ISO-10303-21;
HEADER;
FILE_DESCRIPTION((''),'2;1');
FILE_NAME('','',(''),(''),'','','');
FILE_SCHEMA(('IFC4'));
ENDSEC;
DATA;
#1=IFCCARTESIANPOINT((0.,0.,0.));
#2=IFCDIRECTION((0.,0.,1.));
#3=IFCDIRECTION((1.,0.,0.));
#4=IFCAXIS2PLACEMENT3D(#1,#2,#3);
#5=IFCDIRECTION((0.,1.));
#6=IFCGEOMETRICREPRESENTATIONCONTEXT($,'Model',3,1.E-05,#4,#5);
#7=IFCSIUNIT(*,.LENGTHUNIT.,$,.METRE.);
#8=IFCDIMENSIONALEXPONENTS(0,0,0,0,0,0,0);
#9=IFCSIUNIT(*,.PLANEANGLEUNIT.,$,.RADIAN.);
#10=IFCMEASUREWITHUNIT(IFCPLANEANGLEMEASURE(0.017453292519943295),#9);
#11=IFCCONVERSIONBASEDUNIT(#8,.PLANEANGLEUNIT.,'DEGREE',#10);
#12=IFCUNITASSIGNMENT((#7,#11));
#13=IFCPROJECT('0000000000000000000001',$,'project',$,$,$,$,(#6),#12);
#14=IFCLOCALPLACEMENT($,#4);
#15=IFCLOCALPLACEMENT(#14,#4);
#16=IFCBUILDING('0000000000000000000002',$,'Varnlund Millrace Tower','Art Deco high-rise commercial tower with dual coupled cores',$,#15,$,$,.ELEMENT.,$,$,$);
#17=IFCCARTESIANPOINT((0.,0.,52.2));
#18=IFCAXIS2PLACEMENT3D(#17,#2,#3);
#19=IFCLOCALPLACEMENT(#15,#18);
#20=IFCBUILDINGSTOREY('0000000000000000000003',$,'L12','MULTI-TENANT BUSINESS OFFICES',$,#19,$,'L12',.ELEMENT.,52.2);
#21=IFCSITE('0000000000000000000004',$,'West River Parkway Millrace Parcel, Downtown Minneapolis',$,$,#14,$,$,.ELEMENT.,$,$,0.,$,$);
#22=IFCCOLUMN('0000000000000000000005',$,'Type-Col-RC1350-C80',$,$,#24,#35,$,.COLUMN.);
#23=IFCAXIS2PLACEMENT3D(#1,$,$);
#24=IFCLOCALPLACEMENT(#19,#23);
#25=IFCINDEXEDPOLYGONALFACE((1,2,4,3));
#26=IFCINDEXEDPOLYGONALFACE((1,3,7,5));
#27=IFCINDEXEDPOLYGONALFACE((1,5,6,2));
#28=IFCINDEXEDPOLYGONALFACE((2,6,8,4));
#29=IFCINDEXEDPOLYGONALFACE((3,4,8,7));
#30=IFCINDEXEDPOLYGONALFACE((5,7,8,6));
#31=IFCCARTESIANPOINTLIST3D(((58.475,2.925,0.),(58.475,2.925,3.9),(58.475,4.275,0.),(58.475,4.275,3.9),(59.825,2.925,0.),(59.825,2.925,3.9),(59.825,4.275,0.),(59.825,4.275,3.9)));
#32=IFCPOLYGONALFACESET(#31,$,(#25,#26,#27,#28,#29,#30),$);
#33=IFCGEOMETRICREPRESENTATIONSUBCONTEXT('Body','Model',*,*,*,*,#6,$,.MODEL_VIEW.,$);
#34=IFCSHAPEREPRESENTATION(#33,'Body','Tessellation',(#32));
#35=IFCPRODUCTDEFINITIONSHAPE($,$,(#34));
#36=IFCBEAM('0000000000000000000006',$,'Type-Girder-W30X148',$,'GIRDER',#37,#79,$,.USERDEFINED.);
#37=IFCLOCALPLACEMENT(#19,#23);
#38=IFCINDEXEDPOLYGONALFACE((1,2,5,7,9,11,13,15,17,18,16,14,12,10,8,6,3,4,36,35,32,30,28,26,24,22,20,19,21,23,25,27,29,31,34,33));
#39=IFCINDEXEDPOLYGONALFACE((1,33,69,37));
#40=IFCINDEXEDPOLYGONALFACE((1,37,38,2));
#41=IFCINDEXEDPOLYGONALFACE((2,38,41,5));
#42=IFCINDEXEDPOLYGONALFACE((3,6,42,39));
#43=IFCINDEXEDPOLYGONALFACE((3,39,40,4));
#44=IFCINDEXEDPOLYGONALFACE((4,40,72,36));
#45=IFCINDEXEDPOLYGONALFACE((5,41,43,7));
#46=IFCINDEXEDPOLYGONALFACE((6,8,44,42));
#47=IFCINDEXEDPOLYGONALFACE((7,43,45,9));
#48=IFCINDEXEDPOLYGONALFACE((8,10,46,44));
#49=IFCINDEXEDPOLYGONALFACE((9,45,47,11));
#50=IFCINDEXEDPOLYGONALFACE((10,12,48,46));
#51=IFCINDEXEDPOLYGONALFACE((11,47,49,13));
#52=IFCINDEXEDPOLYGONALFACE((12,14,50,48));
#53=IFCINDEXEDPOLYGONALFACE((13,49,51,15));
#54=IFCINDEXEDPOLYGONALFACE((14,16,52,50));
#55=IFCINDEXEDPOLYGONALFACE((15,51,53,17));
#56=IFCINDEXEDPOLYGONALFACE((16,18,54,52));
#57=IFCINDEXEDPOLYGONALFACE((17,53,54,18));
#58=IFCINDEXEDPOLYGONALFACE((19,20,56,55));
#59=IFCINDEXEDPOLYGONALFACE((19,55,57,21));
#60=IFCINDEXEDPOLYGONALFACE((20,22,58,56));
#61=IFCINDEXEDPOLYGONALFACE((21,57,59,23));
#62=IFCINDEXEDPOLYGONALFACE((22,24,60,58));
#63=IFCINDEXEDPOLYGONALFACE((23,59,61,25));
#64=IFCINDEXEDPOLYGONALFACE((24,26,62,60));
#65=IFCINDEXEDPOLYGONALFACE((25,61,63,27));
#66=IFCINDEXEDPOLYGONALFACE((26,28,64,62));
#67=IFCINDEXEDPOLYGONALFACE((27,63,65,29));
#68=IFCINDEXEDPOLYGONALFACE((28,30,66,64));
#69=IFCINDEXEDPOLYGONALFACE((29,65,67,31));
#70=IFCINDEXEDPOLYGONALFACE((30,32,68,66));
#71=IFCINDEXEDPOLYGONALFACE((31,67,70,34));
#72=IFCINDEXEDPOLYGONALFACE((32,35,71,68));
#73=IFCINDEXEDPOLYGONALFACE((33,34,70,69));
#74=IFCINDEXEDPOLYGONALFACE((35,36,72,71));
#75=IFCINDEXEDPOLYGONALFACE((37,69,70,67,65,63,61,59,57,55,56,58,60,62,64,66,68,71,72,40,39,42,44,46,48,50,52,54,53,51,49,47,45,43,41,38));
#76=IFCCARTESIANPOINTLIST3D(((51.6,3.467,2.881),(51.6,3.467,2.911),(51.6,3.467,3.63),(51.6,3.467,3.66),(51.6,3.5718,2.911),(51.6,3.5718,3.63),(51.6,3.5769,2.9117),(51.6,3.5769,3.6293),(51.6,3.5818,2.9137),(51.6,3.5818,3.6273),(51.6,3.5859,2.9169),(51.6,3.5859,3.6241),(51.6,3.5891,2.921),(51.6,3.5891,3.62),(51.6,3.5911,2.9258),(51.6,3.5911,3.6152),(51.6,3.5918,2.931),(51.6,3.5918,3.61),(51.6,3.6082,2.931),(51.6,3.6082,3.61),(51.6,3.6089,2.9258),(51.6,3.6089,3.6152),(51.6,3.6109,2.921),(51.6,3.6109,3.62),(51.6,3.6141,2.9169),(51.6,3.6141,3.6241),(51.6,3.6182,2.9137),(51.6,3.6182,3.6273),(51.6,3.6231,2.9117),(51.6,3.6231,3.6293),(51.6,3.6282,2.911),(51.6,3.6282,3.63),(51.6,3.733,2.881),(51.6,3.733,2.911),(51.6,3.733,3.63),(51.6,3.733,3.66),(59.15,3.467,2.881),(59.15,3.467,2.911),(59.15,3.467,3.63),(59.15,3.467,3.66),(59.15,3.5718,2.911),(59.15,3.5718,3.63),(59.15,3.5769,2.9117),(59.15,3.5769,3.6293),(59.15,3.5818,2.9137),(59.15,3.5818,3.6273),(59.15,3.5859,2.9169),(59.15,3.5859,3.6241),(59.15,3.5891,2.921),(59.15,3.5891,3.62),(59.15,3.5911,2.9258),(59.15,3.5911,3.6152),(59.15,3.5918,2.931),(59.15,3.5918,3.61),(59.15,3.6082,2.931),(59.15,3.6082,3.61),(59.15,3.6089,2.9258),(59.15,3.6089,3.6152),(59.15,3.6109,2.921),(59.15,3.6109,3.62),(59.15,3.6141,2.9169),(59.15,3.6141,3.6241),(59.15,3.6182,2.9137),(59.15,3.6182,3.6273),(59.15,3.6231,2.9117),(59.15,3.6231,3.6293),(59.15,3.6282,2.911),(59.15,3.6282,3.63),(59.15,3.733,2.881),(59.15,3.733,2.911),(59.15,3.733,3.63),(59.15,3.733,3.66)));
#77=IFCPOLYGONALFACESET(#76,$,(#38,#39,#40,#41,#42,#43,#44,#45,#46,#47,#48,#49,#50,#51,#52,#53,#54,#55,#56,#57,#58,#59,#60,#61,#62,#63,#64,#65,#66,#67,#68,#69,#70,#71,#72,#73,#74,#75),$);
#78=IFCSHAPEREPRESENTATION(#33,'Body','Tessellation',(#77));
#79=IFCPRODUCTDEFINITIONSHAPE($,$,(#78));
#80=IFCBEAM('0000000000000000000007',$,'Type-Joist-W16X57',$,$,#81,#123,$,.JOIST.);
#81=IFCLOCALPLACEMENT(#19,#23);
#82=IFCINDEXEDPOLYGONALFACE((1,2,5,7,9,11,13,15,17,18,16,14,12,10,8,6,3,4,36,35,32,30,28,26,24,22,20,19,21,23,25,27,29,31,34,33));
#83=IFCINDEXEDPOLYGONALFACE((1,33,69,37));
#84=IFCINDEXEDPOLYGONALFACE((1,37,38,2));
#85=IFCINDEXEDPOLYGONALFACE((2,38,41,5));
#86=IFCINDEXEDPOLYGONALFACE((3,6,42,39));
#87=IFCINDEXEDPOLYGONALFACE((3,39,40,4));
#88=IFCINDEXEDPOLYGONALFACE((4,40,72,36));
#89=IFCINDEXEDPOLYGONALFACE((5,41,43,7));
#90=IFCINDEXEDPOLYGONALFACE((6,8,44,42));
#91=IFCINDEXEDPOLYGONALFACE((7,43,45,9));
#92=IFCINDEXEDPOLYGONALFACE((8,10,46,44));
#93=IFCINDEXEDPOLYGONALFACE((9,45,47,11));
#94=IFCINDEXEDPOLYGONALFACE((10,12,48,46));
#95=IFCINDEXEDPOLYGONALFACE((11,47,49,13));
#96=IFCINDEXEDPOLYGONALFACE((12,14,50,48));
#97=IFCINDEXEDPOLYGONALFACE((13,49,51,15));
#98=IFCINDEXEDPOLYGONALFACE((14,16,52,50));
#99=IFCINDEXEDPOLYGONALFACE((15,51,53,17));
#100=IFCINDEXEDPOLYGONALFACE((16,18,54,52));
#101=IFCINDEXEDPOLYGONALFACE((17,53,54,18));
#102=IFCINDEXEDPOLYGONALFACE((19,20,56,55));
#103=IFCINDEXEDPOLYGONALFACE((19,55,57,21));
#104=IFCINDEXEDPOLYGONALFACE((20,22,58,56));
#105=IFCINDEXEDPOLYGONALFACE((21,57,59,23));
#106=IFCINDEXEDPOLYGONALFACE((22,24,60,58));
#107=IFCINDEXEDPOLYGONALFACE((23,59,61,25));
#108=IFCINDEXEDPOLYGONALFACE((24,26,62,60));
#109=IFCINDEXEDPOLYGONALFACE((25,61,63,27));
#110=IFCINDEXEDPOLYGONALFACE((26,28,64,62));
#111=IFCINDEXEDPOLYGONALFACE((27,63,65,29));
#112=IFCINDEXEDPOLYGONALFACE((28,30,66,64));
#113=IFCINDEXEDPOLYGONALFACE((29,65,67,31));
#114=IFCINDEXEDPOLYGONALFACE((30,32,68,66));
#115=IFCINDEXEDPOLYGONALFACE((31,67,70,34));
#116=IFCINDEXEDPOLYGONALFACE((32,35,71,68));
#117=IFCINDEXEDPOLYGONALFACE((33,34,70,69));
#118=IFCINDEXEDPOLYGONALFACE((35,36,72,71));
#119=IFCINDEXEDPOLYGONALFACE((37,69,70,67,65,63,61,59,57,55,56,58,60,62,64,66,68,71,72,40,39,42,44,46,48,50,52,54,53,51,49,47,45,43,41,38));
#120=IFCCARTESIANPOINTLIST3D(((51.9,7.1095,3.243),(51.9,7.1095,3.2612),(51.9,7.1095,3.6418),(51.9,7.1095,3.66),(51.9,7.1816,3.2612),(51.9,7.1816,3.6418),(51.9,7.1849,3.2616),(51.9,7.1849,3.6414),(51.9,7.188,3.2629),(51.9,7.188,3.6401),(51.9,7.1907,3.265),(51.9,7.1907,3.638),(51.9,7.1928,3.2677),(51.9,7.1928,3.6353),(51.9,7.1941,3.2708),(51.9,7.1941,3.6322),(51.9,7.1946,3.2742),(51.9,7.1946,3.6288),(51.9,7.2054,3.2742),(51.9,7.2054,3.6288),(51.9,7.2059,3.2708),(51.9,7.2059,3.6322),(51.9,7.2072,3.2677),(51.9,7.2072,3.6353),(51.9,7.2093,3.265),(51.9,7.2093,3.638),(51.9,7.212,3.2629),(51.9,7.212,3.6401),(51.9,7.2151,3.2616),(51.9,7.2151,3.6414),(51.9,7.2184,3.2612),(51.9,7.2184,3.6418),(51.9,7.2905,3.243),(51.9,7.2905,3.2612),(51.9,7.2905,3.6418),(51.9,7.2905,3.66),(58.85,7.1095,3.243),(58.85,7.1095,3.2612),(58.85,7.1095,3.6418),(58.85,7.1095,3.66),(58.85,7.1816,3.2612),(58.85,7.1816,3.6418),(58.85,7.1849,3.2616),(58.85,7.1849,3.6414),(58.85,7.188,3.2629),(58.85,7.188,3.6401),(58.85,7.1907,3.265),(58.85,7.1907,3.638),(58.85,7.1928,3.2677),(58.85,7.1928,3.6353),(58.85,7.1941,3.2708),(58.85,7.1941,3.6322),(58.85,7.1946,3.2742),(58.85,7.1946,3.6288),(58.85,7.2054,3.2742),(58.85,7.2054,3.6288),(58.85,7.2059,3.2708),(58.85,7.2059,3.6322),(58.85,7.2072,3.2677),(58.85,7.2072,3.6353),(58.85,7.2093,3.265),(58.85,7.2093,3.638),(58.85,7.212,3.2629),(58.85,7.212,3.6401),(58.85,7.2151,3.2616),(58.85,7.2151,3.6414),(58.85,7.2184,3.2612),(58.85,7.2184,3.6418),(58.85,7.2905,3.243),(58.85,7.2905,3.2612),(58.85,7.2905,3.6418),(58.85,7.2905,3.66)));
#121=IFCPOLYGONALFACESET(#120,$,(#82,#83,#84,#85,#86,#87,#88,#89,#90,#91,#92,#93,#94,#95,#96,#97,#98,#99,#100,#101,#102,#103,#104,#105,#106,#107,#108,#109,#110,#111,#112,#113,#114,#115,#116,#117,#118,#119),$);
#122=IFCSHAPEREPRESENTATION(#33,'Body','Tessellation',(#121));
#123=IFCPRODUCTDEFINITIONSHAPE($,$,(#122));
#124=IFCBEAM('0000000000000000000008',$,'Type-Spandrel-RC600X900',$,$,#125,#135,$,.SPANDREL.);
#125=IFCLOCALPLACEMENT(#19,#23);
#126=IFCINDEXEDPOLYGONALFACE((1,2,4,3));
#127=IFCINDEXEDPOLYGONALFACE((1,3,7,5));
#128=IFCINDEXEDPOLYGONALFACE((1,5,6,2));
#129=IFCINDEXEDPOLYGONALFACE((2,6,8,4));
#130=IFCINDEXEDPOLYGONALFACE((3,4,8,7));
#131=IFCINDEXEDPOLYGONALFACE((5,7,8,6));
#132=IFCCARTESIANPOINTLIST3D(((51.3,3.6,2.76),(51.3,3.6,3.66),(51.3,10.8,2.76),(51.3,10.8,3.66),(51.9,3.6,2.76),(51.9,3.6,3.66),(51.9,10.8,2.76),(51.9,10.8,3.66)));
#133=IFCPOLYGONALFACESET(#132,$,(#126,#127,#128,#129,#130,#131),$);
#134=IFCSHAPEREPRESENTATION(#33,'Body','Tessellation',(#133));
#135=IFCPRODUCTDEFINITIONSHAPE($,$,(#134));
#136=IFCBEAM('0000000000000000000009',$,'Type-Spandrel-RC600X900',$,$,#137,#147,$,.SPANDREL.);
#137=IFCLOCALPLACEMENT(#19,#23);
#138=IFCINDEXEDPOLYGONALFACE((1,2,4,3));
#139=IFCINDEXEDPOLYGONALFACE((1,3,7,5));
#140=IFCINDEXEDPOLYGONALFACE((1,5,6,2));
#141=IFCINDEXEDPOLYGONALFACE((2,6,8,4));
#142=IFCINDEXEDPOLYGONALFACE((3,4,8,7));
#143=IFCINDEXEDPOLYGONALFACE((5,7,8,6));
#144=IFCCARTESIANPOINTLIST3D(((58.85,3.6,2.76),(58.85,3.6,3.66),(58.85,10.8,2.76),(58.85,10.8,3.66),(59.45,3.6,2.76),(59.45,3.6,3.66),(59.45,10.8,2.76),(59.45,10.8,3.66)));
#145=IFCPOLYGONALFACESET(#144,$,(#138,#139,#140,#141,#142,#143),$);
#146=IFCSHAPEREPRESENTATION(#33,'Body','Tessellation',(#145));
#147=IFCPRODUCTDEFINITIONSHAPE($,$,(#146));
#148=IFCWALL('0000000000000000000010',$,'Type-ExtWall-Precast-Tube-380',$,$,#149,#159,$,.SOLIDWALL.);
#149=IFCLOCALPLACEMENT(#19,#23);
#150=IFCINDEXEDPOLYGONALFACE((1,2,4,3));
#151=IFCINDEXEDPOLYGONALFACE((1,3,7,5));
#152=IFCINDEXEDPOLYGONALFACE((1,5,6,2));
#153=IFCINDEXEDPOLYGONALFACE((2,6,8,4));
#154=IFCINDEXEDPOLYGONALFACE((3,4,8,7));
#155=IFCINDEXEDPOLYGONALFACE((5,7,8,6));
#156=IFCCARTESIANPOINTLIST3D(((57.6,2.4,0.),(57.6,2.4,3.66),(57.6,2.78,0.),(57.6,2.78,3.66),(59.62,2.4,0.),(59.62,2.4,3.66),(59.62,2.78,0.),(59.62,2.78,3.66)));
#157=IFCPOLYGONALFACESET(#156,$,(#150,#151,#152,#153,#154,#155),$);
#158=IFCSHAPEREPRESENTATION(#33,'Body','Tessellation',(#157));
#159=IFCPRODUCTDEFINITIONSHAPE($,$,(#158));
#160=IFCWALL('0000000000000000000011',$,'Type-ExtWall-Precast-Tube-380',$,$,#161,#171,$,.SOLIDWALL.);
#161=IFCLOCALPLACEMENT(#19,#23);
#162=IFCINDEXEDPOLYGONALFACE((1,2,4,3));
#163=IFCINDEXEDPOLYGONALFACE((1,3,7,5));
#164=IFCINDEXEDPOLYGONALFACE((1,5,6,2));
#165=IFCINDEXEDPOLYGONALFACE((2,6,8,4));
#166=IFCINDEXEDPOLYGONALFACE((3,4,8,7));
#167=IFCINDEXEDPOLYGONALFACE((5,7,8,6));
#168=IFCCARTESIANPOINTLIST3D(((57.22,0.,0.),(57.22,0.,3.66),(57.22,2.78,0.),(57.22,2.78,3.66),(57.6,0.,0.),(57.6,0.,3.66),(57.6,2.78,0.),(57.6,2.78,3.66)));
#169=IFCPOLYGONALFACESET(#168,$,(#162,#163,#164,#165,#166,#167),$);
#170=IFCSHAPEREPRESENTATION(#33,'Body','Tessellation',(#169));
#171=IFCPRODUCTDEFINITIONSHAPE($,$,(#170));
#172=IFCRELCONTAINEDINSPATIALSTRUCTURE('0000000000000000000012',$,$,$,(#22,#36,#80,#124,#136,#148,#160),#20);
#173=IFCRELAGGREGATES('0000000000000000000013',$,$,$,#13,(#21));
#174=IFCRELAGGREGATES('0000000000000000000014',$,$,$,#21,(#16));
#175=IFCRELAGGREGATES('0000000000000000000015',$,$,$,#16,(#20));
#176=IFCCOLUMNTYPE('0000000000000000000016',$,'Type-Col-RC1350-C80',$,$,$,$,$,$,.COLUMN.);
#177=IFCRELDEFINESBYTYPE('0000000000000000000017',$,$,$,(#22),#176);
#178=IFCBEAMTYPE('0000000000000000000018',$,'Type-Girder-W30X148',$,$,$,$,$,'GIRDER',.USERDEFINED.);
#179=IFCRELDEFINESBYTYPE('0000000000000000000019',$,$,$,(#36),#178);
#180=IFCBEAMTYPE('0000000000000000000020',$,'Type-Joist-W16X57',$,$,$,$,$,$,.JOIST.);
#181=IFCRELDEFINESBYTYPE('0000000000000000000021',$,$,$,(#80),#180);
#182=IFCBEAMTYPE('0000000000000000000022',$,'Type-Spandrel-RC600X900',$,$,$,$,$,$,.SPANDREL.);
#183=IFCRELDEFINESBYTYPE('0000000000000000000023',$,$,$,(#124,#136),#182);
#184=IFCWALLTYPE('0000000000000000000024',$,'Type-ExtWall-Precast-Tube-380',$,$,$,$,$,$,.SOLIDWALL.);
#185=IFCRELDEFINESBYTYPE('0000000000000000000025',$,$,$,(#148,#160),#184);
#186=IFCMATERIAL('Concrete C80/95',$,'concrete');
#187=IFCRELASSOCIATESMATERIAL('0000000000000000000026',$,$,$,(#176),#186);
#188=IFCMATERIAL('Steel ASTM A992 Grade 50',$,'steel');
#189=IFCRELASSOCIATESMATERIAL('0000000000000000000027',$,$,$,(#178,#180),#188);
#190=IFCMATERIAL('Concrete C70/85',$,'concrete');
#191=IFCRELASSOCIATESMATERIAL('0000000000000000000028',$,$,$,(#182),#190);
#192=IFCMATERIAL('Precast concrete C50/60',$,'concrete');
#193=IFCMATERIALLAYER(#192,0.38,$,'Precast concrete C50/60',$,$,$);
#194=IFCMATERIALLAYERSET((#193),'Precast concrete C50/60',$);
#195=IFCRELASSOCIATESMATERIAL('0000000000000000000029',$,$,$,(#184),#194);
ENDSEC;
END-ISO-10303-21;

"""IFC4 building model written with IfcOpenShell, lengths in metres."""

from ifc_helpers import new_model, entity, si_unit, converted_unit, direction, frame, origin_with_axes, origin_2d_with_axis, place, context, subcontext, project, spatial, polyline, rectangle, i_section, outline, extrude, material, layer, layer_set, material_profile, profile_set, type_object, element, save


model = new_model("IFC4")

# Units and contexts
model_context = context("Model", 3, precision=1e-05, world=origin_with_axes(), true_north=direction((0.0, 1.0)))
body_context = subcontext(model_context, "Body", "Model", "MODEL_VIEW")
ifc_project = project(units=[si_unit("LENGTHUNIT", "METRE"), converted_unit("PLANEANGLEUNIT", "DEGREE", entity("IfcPlaneAngleMeasure", 0.017453292519943295), si_unit("PLANEANGLEUNIT", "RADIAN"), dimensions=[0, 0, 0, 0, 0, 0, 0])], contexts=[model_context])

# Site, building, storey
site_placement = place(None, origin_with_axes())
site = spatial("IfcSite", under=ifc_project, at=site_placement, Name="West River Parkway Millrace Parcel, Downtown Minneapolis", CompositionType="ELEMENT", RefElevation=0.0)
building_placement = place(site_placement, origin_with_axes())
building = spatial("IfcBuilding", under=site, at=building_placement, Name="Varnlund Millrace Tower", Description="Art Deco high-rise commercial tower with dual coupled cores", CompositionType="ELEMENT")
storey_placement = place(building_placement, frame((0.0, 0.0, 52.2), z_axis=(0.0, 0.0, 1.0), x_axis=(1.0, 0.0, 0.0)))
storey = spatial("IfcBuildingStorey", under=building, at=storey_placement, Name="L12", Description="MULTI-TENANT BUSINESS OFFICES", LongName="L12", CompositionType="ELEMENT", Elevation=52.2)

# Column
ifc_material_1 = material(Name="Concrete C80/95", Category="concrete")
ifc_material_profile_1 = material_profile(ifc_material_1, rectangle(XDim=1.35, YDim=1.35, at=origin_2d_with_axis()), Name="Concrete C80/95")
ifc_profile_set_1 = profile_set([ifc_material_profile_1], Name="Concrete C80/95")
column_type = type_object("IfcColumnType", Name="Type-Col-RC1350-C80", PredefinedType="COLUMN", material=ifc_profile_set_1)
column_placement = place(storey_placement, frame((59.15, 3.6, 0.0), z_axis=(0.0, 0.0, 1.0), x_axis=(1.0, 0.0, 0.0)))
element("IfcColumn", 1, at=column_placement, inside=storey, type_object=column_type, Name="Type-Col-RC1350-C80", PredefinedType="COLUMN", context=body_context, shape_type="SweptSolid", body=[
    extrude(rectangle(XDim=1.35, YDim=1.35, at=origin_2d_with_axis()), origin_with_axes(), (0.0, 0.0, 1.0), 3.9),
])

# Beams
ifc_material_2 = material(Name="Steel ASTM A992 Grade 50", Category="steel")
ifc_material_profile_2 = material_profile(ifc_material_2, i_section(OverallWidth=0.266, OverallDepth=0.779, WebThickness=0.0165, FlangeThickness=0.03, FilletRadius=0.02, at=origin_2d_with_axis()), Name="Steel ASTM A992 Grade 50")
ifc_profile_set_2 = profile_set([ifc_material_profile_2], Name="Steel ASTM A992 Grade 50")
beam_type_1 = type_object("IfcBeamType", Name="Type-Girder-W30X148", ElementType="GIRDER", PredefinedType="USERDEFINED", material=ifc_profile_set_2)
beam_1_placement = place(storey_placement, frame((51.6, 3.6, 3.2705), z_axis=(1.0, 0.0, 0.0), x_axis=(0.0, 1.0, 0.0)))
element("IfcBeam", 2, at=beam_1_placement, inside=storey, type_object=beam_type_1, Name="Type-Girder-W30X148", ObjectType="GIRDER", PredefinedType="USERDEFINED", context=body_context, shape_type="SweptSolid", body=[
    extrude(i_section(OverallWidth=0.266, OverallDepth=0.779, WebThickness=0.0165, FlangeThickness=0.03, FilletRadius=0.02, at=origin_2d_with_axis()), origin_with_axes(), (0.0, 0.0, 1.0), 7.55),
])
ifc_material_profile_3 = material_profile(ifc_material_2, i_section(OverallWidth=0.181, OverallDepth=0.417, WebThickness=0.0109, FlangeThickness=0.0182, FilletRadius=0.013, at=origin_2d_with_axis()), Name="Steel ASTM A992 Grade 50")
ifc_profile_set_3 = profile_set([ifc_material_profile_3], Name="Steel ASTM A992 Grade 50")
beam_type_2 = type_object("IfcBeamType", Name="Type-Joist-W16X57", PredefinedType="JOIST", material=ifc_profile_set_3)
beam_2_placement = place(storey_placement, frame((51.9, 7.2, 3.4515), z_axis=(1.0, 0.0, 0.0), x_axis=(0.0, 1.0, 0.0)))
element("IfcBeam", 3, at=beam_2_placement, inside=storey, type_object=beam_type_2, Name="Type-Joist-W16X57", PredefinedType="JOIST", context=body_context, shape_type="SweptSolid", body=[
    extrude(i_section(OverallWidth=0.181, OverallDepth=0.417, WebThickness=0.0109, FlangeThickness=0.0182, FilletRadius=0.013, at=origin_2d_with_axis()), origin_with_axes(), (0.0, 0.0, 1.0), 6.95),
])
ifc_material_3 = material(Name="Concrete C70/85", Category="concrete")
ifc_material_profile_4 = material_profile(ifc_material_3, rectangle(XDim=0.6, YDim=0.9, at=origin_2d_with_axis()), Name="Concrete C70/85")
ifc_profile_set_4 = profile_set([ifc_material_profile_4], Name="Concrete C70/85")
beam_type_3 = type_object("IfcBeamType", Name="Type-Spandrel-RC600X900", PredefinedType="SPANDREL", material=ifc_profile_set_4)
for number, where, z_axis, x_axis, name in (
    (4, (51.6, 3.6, 3.21), (0.0, 1.0, 0.0), (-1.0, 0.0, 0.0), "Type-Spandrel-RC600X900"),
    (5, (59.15, 3.6, 3.21), (0.0, 1.0, 0.0), (-1.0, 0.0, 0.0), "Type-Spandrel-RC600X900"),
):
    element("IfcBeam", number, at=place(storey_placement, frame(where, z_axis=z_axis, x_axis=x_axis)), inside=storey, type_object=beam_type_3, Name=name, PredefinedType="SPANDREL", context=body_context, shape_type="SweptSolid", body=[
        extrude(rectangle(XDim=0.6, YDim=0.9, at=origin_2d_with_axis()), origin_with_axes(), (0.0, 0.0, 1.0), 7.2),
    ])

# Walls
ifc_material_4 = material(Name="Precast concrete C50/60", Category="concrete")
ifc_layer = layer(ifc_material_4, 0.38, Name="Precast concrete C50/60")
ifc_layer_set = layer_set([ifc_layer], Name="Precast concrete C50/60")
wall_type = type_object("IfcWallType", Name="Type-ExtWall-Precast-Tube-380", PredefinedType="SOLIDWALL", material=ifc_layer_set)
wall_1_placement = place(storey_placement, frame((59.62, 2.59, 0.0), z_axis=(0.0, 0.0, 1.0), x_axis=(-1.0, 0.0, 0.0)))
element("IfcWall", 6, at=wall_1_placement, inside=storey, type_object=wall_type, Name="Type-ExtWall-Precast-Tube-380", PredefinedType="SOLIDWALL", context=body_context, shape_type="SweptSolid", body=[
    extrude(outline(polyline([(0.0, -0.19), (2.02, -0.19), (2.02, 0.19), (0.0, 0.19), (0.0, -0.19)])), origin_with_axes(), (0.0, 0.0, 1.0), 3.66),
])
wall_2_placement = place(storey_placement, frame((57.41, 2.78, 0.0), z_axis=(0.0, 0.0, 1.0), x_axis=(0.0, -1.0, 0.0)))
element("IfcWall", 7, at=wall_2_placement, inside=storey, type_object=wall_type, Name="Type-ExtWall-Precast-Tube-380", PredefinedType="SOLIDWALL", context=body_context, shape_type="SweptSolid", body=[
    extrude(outline(polyline([(0.0, -0.19), (2.78, -0.19), (2.78, 0.19), (0.0, 0.19), (0.0, -0.19)])), origin_with_axes(), (0.0, 0.0, 1.0), 3.66),
])

save(model, "model.ifc")
